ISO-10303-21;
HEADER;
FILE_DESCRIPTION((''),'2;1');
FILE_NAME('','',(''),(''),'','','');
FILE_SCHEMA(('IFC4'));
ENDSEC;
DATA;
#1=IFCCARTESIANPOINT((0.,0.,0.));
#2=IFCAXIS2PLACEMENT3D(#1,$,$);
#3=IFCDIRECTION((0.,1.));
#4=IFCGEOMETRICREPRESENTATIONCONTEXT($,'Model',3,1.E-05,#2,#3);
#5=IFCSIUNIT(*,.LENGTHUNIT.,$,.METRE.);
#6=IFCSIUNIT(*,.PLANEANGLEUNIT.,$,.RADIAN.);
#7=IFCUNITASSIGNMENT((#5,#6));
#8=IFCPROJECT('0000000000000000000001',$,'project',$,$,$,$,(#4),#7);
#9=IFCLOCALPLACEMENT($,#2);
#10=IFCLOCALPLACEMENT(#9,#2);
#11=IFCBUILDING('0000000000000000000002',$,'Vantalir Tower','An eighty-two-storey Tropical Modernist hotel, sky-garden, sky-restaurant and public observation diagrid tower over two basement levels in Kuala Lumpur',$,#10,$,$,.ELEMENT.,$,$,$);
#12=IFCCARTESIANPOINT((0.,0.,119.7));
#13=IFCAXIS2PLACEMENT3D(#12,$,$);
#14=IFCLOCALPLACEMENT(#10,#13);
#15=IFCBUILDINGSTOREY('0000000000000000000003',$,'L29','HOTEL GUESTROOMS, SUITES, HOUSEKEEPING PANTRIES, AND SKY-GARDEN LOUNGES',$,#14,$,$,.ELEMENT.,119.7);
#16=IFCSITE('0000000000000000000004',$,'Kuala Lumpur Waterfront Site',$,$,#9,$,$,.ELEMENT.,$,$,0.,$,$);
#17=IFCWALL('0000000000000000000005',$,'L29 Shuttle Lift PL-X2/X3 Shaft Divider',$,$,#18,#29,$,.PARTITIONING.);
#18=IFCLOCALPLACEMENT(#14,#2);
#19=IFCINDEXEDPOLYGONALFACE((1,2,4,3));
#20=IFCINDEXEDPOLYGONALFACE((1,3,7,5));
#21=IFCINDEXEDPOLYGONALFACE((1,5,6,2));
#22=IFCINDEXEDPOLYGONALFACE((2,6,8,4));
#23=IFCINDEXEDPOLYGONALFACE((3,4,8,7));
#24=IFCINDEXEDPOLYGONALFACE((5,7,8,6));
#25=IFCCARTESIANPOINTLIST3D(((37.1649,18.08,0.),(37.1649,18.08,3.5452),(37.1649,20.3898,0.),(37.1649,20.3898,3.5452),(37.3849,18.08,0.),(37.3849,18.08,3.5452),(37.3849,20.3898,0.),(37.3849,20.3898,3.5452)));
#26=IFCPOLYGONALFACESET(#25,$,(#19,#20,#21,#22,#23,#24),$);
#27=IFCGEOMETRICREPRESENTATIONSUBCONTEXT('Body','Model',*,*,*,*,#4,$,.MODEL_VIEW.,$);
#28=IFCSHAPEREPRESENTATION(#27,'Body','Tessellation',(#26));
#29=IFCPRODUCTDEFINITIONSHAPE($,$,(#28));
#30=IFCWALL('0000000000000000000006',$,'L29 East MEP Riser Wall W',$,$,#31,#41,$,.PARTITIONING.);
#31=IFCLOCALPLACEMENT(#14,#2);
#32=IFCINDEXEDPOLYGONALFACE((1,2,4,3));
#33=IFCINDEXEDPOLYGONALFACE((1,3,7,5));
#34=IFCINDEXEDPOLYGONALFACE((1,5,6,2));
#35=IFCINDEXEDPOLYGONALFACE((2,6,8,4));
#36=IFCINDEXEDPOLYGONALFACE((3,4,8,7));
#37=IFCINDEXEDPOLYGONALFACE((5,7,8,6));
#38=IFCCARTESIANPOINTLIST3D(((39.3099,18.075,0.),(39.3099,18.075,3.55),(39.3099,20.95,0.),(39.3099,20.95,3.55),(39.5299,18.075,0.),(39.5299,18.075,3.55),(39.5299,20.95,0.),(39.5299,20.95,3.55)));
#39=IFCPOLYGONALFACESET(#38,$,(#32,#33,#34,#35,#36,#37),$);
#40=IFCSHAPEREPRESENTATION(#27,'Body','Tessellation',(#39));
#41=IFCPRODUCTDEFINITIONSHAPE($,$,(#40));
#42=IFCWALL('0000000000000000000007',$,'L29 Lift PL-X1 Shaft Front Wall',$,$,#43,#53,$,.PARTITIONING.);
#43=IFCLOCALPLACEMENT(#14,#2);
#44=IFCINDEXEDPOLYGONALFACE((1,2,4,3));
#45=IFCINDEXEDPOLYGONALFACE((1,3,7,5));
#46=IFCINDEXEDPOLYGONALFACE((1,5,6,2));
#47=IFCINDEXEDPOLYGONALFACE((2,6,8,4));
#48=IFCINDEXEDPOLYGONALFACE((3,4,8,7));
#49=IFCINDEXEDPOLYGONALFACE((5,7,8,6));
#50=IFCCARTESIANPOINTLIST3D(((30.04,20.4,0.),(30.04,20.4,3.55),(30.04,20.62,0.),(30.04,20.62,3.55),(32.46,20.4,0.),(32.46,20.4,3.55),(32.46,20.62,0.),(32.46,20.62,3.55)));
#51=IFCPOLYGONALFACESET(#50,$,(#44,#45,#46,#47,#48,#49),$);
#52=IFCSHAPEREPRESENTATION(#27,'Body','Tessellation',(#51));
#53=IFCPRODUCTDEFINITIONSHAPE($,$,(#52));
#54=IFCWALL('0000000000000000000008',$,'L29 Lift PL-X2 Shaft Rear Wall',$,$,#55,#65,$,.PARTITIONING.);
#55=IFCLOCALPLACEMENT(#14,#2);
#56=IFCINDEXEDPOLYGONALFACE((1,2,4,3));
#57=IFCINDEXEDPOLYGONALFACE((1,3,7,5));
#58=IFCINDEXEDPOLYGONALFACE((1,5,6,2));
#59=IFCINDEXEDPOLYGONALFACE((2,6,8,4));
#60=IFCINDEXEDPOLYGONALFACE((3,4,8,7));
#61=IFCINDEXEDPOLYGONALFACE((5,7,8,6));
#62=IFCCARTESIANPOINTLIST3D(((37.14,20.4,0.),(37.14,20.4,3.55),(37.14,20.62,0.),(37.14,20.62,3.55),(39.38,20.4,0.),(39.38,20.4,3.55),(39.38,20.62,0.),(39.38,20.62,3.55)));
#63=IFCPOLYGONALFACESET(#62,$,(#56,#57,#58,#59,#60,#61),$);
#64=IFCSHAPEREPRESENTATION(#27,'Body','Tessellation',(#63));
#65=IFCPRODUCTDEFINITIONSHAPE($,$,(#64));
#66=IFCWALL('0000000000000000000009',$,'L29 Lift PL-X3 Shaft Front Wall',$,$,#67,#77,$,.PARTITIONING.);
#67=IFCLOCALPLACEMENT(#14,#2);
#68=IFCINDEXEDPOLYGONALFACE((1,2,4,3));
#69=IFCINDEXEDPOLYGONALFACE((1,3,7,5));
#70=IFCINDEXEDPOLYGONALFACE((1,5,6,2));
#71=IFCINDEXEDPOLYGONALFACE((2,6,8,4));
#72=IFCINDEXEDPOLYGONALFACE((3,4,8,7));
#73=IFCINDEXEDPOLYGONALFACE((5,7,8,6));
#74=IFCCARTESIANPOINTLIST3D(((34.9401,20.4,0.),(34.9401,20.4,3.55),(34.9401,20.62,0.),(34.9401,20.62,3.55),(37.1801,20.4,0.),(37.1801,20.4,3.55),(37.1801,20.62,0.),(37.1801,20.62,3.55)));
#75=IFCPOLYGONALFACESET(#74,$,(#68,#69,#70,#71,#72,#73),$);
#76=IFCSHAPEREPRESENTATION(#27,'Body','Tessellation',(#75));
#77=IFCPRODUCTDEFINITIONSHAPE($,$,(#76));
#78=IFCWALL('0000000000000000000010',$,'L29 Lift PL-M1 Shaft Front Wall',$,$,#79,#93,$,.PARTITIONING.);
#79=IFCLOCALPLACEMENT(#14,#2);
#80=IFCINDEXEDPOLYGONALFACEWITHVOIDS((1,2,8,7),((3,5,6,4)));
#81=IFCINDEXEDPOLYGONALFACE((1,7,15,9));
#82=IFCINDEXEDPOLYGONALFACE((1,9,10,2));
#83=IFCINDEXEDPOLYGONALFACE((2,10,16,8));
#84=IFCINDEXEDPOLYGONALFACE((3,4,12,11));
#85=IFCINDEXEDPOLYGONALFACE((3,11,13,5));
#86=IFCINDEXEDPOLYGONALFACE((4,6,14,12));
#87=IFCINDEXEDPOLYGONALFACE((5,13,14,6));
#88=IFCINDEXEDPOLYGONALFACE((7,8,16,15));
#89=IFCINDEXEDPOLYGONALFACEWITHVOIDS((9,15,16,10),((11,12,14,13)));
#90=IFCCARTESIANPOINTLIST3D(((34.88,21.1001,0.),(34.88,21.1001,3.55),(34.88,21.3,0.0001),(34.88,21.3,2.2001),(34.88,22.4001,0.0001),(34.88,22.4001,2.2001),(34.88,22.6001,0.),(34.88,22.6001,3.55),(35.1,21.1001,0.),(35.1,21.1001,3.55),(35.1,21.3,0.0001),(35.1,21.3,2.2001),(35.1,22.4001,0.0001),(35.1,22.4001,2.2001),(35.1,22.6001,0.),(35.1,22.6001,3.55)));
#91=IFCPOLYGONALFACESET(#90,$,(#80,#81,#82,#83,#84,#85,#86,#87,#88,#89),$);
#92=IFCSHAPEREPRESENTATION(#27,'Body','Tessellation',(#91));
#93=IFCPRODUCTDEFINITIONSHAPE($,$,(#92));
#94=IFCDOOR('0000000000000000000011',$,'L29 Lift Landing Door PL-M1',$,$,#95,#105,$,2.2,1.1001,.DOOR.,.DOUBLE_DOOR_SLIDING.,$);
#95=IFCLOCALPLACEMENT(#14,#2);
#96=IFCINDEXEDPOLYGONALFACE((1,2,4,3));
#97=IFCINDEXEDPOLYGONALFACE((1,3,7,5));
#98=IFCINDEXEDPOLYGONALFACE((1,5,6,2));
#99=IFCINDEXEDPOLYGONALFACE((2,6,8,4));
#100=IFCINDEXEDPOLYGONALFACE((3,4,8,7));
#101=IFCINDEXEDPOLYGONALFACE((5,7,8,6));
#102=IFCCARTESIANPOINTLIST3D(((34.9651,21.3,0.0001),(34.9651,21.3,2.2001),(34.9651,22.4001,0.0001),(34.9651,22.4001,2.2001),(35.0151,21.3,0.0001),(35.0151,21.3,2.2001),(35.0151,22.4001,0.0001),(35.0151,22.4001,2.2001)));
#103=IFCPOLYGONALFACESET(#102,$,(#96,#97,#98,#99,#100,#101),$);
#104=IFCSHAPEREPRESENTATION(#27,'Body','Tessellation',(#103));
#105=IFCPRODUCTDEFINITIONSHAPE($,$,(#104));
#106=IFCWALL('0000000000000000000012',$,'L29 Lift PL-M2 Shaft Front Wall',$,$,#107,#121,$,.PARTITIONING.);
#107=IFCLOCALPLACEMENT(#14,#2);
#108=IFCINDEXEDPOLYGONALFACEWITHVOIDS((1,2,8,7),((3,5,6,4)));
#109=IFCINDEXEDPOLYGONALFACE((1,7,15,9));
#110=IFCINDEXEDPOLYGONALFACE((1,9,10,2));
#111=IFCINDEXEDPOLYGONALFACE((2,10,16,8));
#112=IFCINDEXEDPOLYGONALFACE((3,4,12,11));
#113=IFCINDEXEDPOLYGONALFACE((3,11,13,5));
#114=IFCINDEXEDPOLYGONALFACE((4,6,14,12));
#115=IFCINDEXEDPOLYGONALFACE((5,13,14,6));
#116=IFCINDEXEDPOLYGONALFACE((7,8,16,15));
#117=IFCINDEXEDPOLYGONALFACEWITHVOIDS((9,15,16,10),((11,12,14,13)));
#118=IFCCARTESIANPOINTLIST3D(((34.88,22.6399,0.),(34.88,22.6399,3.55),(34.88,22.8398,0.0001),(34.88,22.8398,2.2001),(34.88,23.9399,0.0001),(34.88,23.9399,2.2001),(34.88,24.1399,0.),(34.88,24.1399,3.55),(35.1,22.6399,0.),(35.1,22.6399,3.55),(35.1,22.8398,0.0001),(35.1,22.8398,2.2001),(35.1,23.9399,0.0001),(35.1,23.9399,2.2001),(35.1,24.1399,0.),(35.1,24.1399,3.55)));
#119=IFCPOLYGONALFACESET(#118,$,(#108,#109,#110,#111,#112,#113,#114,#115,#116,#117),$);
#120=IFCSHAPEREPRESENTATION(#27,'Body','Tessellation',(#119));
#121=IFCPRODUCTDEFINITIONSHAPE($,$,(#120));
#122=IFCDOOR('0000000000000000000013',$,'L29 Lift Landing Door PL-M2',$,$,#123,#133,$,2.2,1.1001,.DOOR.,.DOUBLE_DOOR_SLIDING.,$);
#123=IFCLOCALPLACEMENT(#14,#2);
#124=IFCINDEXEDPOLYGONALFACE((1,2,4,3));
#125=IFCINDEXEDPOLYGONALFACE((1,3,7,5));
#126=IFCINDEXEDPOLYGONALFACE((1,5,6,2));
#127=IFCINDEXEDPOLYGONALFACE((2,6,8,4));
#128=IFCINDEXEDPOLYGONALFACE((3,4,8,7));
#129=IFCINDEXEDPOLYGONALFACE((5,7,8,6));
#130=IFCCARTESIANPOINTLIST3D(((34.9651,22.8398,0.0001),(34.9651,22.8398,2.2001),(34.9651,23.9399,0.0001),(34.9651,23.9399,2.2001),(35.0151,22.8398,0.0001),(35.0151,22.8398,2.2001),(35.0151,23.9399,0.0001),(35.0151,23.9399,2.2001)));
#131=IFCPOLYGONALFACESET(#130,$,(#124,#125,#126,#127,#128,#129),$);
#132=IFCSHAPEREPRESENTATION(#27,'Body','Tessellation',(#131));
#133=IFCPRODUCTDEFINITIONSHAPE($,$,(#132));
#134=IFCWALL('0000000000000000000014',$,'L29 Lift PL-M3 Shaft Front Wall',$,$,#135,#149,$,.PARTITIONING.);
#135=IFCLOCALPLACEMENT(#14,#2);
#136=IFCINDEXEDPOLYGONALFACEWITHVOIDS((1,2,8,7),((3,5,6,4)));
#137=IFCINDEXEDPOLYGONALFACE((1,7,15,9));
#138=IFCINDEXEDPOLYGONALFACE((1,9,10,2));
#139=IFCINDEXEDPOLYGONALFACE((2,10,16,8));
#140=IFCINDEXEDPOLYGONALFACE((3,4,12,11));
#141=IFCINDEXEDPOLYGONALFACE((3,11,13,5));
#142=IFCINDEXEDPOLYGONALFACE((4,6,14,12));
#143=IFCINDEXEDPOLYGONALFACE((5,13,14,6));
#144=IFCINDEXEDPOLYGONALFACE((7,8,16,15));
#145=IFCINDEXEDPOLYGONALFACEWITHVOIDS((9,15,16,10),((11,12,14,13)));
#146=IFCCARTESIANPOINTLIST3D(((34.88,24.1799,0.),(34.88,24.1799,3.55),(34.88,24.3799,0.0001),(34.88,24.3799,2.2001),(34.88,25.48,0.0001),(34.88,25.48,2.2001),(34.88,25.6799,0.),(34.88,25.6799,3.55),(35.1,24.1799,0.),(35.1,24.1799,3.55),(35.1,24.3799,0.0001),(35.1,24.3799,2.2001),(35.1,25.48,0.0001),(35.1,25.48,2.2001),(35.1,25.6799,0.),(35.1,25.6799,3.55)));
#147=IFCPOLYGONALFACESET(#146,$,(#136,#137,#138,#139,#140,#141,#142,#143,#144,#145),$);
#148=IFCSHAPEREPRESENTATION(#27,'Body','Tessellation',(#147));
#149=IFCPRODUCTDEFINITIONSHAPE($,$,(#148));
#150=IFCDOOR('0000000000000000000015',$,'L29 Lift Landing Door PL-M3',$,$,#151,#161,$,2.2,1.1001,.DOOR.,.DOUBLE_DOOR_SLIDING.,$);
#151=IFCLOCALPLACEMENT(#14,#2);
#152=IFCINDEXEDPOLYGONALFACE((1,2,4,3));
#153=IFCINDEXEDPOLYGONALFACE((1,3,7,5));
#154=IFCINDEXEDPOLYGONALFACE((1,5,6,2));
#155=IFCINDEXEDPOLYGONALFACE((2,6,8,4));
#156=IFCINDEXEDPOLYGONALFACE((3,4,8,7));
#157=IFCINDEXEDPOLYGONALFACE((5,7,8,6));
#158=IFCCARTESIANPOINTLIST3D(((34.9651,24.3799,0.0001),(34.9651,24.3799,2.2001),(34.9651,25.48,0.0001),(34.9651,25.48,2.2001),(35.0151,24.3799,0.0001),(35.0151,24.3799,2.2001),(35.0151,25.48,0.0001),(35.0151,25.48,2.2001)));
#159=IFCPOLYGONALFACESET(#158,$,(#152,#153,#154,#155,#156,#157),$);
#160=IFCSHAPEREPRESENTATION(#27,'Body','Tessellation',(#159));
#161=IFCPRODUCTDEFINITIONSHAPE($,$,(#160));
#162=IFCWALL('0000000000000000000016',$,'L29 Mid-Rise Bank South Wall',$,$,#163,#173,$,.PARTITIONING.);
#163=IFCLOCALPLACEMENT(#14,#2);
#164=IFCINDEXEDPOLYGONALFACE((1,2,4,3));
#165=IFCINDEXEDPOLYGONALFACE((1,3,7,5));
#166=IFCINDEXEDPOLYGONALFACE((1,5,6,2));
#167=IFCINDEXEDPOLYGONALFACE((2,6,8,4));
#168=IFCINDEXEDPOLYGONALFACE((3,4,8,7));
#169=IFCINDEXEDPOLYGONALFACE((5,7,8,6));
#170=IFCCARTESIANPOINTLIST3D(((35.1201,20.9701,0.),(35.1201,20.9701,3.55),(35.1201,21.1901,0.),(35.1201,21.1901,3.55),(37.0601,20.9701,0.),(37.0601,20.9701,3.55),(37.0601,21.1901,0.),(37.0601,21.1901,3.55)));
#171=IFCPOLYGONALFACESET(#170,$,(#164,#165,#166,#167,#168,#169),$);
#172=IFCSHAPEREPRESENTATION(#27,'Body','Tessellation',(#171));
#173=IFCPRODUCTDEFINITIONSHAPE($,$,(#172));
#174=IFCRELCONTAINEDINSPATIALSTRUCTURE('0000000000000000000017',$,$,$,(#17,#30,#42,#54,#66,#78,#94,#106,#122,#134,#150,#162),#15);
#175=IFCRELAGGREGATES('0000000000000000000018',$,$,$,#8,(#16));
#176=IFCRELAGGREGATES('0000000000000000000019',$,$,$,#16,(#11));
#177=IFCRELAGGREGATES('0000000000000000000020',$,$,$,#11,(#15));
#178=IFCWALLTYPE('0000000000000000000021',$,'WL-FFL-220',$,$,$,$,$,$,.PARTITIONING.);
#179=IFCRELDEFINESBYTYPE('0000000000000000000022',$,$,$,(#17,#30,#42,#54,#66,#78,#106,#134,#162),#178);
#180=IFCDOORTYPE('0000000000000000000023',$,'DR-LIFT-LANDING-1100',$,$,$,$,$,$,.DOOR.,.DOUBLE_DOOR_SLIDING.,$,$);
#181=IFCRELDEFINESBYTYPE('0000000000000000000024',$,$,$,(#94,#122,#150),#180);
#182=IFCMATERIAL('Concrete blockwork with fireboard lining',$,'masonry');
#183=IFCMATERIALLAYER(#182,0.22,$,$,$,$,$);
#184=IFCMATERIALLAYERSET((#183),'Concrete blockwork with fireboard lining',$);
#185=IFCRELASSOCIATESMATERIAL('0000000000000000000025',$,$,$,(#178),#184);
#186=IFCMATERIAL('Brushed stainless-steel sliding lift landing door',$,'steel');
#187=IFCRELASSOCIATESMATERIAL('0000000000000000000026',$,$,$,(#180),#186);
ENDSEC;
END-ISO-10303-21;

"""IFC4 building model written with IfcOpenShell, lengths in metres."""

from ifc_helpers import new_model, si_unit, direction, frame, frame_2d, origin, place, context, subcontext, project, spatial, rectangle, extrude, material, layer, layer_set, type_object, element, fill, save


model = new_model("IFC4")

# Units and contexts
model_context = context("Model", 3, precision=1e-05, world=origin(), true_north=direction((0.0, 1.0)))
body_context = subcontext(model_context, "Body", "Model", "MODEL_VIEW")
ifc_project = project(units=[si_unit("LENGTHUNIT", "METRE"), si_unit("PLANEANGLEUNIT", "RADIAN")], contexts=[model_context])

# Site, building, storey
site_placement = place(None, origin())
site = spatial("IfcSite", under=ifc_project, at=site_placement, Name="Kuala Lumpur Waterfront Site", CompositionType="ELEMENT", RefElevation=0.0)
building_placement = place(site_placement, origin())
building = spatial("IfcBuilding", under=site, at=building_placement, Name="Vantalir Tower", Description="An eighty-two-storey Tropical Modernist hotel, sky-garden, sky-restaurant and public observation diagrid tower over two basement levels in Kuala Lumpur", CompositionType="ELEMENT")
storey_placement = place(building_placement, frame((0.0, 0.0, 119.7)))
storey = spatial("IfcBuildingStorey", under=building, at=storey_placement, Name="L29", Description="HOTEL GUESTROOMS, SUITES, HOUSEKEEPING PANTRIES, AND SKY-GARDEN LOUNGES", CompositionType="ELEMENT", Elevation=119.7)

# Walls
ifc_material_1 = material(Name="Concrete blockwork with fireboard lining", Category="masonry")
ifc_layer_1 = layer(ifc_material_1, 0.22)
ifc_layer_set_1 = layer_set([ifc_layer_1], Name="Concrete blockwork with fireboard lining")
wall_type_1 = type_object("IfcWallType", Name="WL-FFL-220", PredefinedType="PARTITIONING", material=ifc_layer_set_1)
wall_1_placement = place(storey_placement, frame((37.2749, 18.0801, 0.0), z_axis=(0.0, 0.0, 1.0), x_axis=(0.0, 1.0, 0.0)))
element("IfcWall", 1, at=wall_1_placement, inside=storey, type_object=wall_type_1, Name="L29 Shuttle Lift PL-X2/X3 Shaft Divider", PredefinedType="PARTITIONING", context=body_context, shape_type="SweptSolid", body=[
    extrude(rectangle(XDim=2.3098, YDim=0.22, at=frame_2d((1.1548, 0.0))), origin(), (0.0, 0.0, 1.0), 3.5452),
])
wall_2_placement = place(storey_placement, frame((39.4199, 18.075, 0.0), z_axis=(0.0, 0.0, 1.0), x_axis=(0.0, 1.0, 0.0)))
element("IfcWall", 2, at=wall_2_placement, inside=storey, type_object=wall_type_1, Name="L29 East MEP Riser Wall W", PredefinedType="PARTITIONING", context=body_context, shape_type="SweptSolid", body=[
    extrude(rectangle(XDim=2.875, YDim=0.22, at=frame_2d((1.4375, 0.0))), origin(), (0.0, 0.0, 1.0), 3.55),
])
wall_3_placement = place(storey_placement, frame((30.04, 20.51, 0.0), z_axis=(0.0, 0.0, 1.0), x_axis=(1.0, 0.0, 0.0)))
element("IfcWall", 3, at=wall_3_placement, inside=storey, type_object=wall_type_1, Name="L29 Lift PL-X1 Shaft Front Wall", PredefinedType="PARTITIONING", context=body_context, shape_type="SweptSolid", body=[
    extrude(rectangle(XDim=2.4199, YDim=0.22, at=frame_2d((1.21, 0.0))), origin(), (0.0, 0.0, 1.0), 3.55),
])
for number, where, z_axis, x_axis, name in (
    (4, (37.1399, 20.51, 0.0), (0.0, 0.0, 1.0), (1.0, 0.0, 0.0), "L29 Lift PL-X2 Shaft Rear Wall"),
    (5, (34.9399, 20.51, 0.0), (0.0, 0.0, 1.0), (1.0, 0.0, 0.0), "L29 Lift PL-X3 Shaft Front Wall"),
):
    element("IfcWall", number, at=place(storey_placement, frame(where, z_axis=z_axis, x_axis=x_axis)), inside=storey, type_object=wall_type_1, Name=name, PredefinedType="PARTITIONING", context=body_context, shape_type="SweptSolid", body=[
        extrude(rectangle(XDim=2.24, YDim=0.22, at=frame_2d((1.1201, 0.0))), origin(), (0.0, 0.0, 1.0), 3.55),
    ])

# Walls, openings, doors
wall_4_placement = place(storey_placement, frame((34.99, 21.1001, 0.0), z_axis=(0.0, 0.0, 1.0), x_axis=(0.0, 1.0, 0.0)))
wall_4 = element("IfcWall", 6, at=wall_4_placement, inside=storey, type_object=wall_type_1, Name="L29 Lift PL-M1 Shaft Front Wall", PredefinedType="PARTITIONING", context=body_context, shape_type="SweptSolid", body=[
    extrude(rectangle(XDim=1.5, YDim=0.22, at=frame_2d((0.75, 0.0))), origin(), (0.0, 0.0, 1.0), 3.55),
])
opening_1_placement = place(wall_4_placement, frame((0.2, 0.0, 0.0)))
opening_1 = element("IfcOpeningElement", 7, at=opening_1_placement, cuts=wall_4, PredefinedType="OPENING", context=body_context, shape_type="SweptSolid", body=[
    extrude(rectangle(XDim=1.1001, YDim=2.2, at=frame_2d((0.55, 1.1001))), frame((0.0, 0.1199, 0.0), z_axis=(0.0, -1.0, 0.0), x_axis=(1.0, 0.0, 0.0)), (0.0, 0.0, 1.0), 0.24),
])
ifc_material_2 = material(Name="Brushed stainless-steel sliding lift landing door", Category="steel")
door_type_1 = type_object("IfcDoorType", Name="DR-LIFT-LANDING-1100", OperationType="DOUBLE_DOOR_SLIDING", PredefinedType="DOOR", material=ifc_material_2)
door_1_placement = place(opening_1_placement, origin())
door_1 = element("IfcDoor", 8, at=door_1_placement, inside=storey, type_object=door_type_1, Name="L29 Lift Landing Door PL-M1", OperationType="DOUBLE_DOOR_SLIDING", OverallHeight=2.2, OverallWidth=1.1001, PredefinedType="DOOR", context=body_context, shape_type="SweptSolid", body=[
    extrude(rectangle(XDim=1.1001, YDim=2.2, at=frame_2d((0.55, 1.1001))), frame((0.0, 0.0249, 0.0), z_axis=(0.0, -1.0, 0.0), x_axis=(1.0, 0.0, 0.0)), (0.0, 0.0, 1.0), 0.05),
])
fill(opening_1, door_1)
wall_5_placement = place(storey_placement, frame((34.99, 22.6399, 0.0), z_axis=(0.0, 0.0, 1.0), x_axis=(0.0, 1.0, 0.0)))
wall_5 = element("IfcWall", 9, at=wall_5_placement, inside=storey, type_object=wall_type_1, Name="L29 Lift PL-M2 Shaft Front Wall", PredefinedType="PARTITIONING", context=body_context, shape_type="SweptSolid", body=[
    extrude(rectangle(XDim=1.5, YDim=0.22, at=frame_2d((0.75, 0.0))), origin(), (0.0, 0.0, 1.0), 3.55),
])
opening_2_placement = place(wall_5_placement, frame((0.2, 0.0, 0.0)))
opening_2 = element("IfcOpeningElement", 10, at=opening_2_placement, cuts=wall_5, PredefinedType="OPENING", context=body_context, shape_type="SweptSolid", body=[
    extrude(rectangle(XDim=1.1001, YDim=2.2, at=frame_2d((0.55, 1.1001))), frame((0.0, 0.1199, 0.0), z_axis=(0.0, -1.0, 0.0), x_axis=(1.0, 0.0, 0.0)), (0.0, 0.0, 1.0), 0.24),
])
door_2_placement = place(opening_2_placement, origin())
door_2 = element("IfcDoor", 11, at=door_2_placement, inside=storey, type_object=door_type_1, Name="L29 Lift Landing Door PL-M2", OperationType="DOUBLE_DOOR_SLIDING", OverallHeight=2.2, OverallWidth=1.1001, PredefinedType="DOOR", context=body_context, shape_type="SweptSolid", body=[
    extrude(rectangle(XDim=1.1001, YDim=2.2, at=frame_2d((0.55, 1.1001))), frame((0.0, 0.0249, 0.0), z_axis=(0.0, -1.0, 0.0), x_axis=(1.0, 0.0, 0.0)), (0.0, 0.0, 1.0), 0.05),
])
fill(opening_2, door_2)
wall_6_placement = place(storey_placement, frame((34.99, 24.1799, 0.0), z_axis=(0.0, 0.0, 1.0), x_axis=(0.0, 1.0, 0.0)))
wall_6 = element("IfcWall", 12, at=wall_6_placement, inside=storey, type_object=wall_type_1, Name="L29 Lift PL-M3 Shaft Front Wall", PredefinedType="PARTITIONING", context=body_context, shape_type="SweptSolid", body=[
    extrude(rectangle(XDim=1.5, YDim=0.22, at=frame_2d((0.75, 0.0))), origin(), (0.0, 0.0, 1.0), 3.55),
])
opening_3_placement = place(wall_6_placement, frame((0.2, 0.0, 0.0)))
opening_3 = element("IfcOpeningElement", 13, at=opening_3_placement, cuts=wall_6, PredefinedType="OPENING", context=body_context, shape_type="SweptSolid", body=[
    extrude(rectangle(XDim=1.1001, YDim=2.2, at=frame_2d((0.55, 1.1001))), frame((0.0, 0.1199, 0.0), z_axis=(0.0, -1.0, 0.0), x_axis=(1.0, 0.0, 0.0)), (0.0, 0.0, 1.0), 0.24),
])
door_3_placement = place(opening_3_placement, origin())
door_3 = element("IfcDoor", 14, at=door_3_placement, inside=storey, type_object=door_type_1, Name="L29 Lift Landing Door PL-M3", OperationType="DOUBLE_DOOR_SLIDING", OverallHeight=2.2, OverallWidth=1.1001, PredefinedType="DOOR", context=body_context, shape_type="SweptSolid", body=[
    extrude(rectangle(XDim=1.1001, YDim=2.2, at=frame_2d((0.55, 1.1001))), frame((0.0, 0.0249, 0.0), z_axis=(0.0, -1.0, 0.0), x_axis=(1.0, 0.0, 0.0)), (0.0, 0.0, 1.0), 0.05),
])
fill(opening_3, door_3)

# Wall
wall_7_placement = place(storey_placement, frame((35.1201, 21.0801, 0.0), z_axis=(0.0, 0.0, 1.0), x_axis=(1.0, 0.0, 0.0)))
element("IfcWall", 15, at=wall_7_placement, inside=storey, type_object=wall_type_1, Name="L29 Mid-Rise Bank South Wall", PredefinedType="PARTITIONING", context=body_context, shape_type="SweptSolid", body=[
    extrude(rectangle(XDim=1.9399, YDim=0.22, at=frame_2d((0.97, 0.0))), origin(), (0.0, 0.0, 1.0), 3.55),
])

save(model, "model.ifc")
